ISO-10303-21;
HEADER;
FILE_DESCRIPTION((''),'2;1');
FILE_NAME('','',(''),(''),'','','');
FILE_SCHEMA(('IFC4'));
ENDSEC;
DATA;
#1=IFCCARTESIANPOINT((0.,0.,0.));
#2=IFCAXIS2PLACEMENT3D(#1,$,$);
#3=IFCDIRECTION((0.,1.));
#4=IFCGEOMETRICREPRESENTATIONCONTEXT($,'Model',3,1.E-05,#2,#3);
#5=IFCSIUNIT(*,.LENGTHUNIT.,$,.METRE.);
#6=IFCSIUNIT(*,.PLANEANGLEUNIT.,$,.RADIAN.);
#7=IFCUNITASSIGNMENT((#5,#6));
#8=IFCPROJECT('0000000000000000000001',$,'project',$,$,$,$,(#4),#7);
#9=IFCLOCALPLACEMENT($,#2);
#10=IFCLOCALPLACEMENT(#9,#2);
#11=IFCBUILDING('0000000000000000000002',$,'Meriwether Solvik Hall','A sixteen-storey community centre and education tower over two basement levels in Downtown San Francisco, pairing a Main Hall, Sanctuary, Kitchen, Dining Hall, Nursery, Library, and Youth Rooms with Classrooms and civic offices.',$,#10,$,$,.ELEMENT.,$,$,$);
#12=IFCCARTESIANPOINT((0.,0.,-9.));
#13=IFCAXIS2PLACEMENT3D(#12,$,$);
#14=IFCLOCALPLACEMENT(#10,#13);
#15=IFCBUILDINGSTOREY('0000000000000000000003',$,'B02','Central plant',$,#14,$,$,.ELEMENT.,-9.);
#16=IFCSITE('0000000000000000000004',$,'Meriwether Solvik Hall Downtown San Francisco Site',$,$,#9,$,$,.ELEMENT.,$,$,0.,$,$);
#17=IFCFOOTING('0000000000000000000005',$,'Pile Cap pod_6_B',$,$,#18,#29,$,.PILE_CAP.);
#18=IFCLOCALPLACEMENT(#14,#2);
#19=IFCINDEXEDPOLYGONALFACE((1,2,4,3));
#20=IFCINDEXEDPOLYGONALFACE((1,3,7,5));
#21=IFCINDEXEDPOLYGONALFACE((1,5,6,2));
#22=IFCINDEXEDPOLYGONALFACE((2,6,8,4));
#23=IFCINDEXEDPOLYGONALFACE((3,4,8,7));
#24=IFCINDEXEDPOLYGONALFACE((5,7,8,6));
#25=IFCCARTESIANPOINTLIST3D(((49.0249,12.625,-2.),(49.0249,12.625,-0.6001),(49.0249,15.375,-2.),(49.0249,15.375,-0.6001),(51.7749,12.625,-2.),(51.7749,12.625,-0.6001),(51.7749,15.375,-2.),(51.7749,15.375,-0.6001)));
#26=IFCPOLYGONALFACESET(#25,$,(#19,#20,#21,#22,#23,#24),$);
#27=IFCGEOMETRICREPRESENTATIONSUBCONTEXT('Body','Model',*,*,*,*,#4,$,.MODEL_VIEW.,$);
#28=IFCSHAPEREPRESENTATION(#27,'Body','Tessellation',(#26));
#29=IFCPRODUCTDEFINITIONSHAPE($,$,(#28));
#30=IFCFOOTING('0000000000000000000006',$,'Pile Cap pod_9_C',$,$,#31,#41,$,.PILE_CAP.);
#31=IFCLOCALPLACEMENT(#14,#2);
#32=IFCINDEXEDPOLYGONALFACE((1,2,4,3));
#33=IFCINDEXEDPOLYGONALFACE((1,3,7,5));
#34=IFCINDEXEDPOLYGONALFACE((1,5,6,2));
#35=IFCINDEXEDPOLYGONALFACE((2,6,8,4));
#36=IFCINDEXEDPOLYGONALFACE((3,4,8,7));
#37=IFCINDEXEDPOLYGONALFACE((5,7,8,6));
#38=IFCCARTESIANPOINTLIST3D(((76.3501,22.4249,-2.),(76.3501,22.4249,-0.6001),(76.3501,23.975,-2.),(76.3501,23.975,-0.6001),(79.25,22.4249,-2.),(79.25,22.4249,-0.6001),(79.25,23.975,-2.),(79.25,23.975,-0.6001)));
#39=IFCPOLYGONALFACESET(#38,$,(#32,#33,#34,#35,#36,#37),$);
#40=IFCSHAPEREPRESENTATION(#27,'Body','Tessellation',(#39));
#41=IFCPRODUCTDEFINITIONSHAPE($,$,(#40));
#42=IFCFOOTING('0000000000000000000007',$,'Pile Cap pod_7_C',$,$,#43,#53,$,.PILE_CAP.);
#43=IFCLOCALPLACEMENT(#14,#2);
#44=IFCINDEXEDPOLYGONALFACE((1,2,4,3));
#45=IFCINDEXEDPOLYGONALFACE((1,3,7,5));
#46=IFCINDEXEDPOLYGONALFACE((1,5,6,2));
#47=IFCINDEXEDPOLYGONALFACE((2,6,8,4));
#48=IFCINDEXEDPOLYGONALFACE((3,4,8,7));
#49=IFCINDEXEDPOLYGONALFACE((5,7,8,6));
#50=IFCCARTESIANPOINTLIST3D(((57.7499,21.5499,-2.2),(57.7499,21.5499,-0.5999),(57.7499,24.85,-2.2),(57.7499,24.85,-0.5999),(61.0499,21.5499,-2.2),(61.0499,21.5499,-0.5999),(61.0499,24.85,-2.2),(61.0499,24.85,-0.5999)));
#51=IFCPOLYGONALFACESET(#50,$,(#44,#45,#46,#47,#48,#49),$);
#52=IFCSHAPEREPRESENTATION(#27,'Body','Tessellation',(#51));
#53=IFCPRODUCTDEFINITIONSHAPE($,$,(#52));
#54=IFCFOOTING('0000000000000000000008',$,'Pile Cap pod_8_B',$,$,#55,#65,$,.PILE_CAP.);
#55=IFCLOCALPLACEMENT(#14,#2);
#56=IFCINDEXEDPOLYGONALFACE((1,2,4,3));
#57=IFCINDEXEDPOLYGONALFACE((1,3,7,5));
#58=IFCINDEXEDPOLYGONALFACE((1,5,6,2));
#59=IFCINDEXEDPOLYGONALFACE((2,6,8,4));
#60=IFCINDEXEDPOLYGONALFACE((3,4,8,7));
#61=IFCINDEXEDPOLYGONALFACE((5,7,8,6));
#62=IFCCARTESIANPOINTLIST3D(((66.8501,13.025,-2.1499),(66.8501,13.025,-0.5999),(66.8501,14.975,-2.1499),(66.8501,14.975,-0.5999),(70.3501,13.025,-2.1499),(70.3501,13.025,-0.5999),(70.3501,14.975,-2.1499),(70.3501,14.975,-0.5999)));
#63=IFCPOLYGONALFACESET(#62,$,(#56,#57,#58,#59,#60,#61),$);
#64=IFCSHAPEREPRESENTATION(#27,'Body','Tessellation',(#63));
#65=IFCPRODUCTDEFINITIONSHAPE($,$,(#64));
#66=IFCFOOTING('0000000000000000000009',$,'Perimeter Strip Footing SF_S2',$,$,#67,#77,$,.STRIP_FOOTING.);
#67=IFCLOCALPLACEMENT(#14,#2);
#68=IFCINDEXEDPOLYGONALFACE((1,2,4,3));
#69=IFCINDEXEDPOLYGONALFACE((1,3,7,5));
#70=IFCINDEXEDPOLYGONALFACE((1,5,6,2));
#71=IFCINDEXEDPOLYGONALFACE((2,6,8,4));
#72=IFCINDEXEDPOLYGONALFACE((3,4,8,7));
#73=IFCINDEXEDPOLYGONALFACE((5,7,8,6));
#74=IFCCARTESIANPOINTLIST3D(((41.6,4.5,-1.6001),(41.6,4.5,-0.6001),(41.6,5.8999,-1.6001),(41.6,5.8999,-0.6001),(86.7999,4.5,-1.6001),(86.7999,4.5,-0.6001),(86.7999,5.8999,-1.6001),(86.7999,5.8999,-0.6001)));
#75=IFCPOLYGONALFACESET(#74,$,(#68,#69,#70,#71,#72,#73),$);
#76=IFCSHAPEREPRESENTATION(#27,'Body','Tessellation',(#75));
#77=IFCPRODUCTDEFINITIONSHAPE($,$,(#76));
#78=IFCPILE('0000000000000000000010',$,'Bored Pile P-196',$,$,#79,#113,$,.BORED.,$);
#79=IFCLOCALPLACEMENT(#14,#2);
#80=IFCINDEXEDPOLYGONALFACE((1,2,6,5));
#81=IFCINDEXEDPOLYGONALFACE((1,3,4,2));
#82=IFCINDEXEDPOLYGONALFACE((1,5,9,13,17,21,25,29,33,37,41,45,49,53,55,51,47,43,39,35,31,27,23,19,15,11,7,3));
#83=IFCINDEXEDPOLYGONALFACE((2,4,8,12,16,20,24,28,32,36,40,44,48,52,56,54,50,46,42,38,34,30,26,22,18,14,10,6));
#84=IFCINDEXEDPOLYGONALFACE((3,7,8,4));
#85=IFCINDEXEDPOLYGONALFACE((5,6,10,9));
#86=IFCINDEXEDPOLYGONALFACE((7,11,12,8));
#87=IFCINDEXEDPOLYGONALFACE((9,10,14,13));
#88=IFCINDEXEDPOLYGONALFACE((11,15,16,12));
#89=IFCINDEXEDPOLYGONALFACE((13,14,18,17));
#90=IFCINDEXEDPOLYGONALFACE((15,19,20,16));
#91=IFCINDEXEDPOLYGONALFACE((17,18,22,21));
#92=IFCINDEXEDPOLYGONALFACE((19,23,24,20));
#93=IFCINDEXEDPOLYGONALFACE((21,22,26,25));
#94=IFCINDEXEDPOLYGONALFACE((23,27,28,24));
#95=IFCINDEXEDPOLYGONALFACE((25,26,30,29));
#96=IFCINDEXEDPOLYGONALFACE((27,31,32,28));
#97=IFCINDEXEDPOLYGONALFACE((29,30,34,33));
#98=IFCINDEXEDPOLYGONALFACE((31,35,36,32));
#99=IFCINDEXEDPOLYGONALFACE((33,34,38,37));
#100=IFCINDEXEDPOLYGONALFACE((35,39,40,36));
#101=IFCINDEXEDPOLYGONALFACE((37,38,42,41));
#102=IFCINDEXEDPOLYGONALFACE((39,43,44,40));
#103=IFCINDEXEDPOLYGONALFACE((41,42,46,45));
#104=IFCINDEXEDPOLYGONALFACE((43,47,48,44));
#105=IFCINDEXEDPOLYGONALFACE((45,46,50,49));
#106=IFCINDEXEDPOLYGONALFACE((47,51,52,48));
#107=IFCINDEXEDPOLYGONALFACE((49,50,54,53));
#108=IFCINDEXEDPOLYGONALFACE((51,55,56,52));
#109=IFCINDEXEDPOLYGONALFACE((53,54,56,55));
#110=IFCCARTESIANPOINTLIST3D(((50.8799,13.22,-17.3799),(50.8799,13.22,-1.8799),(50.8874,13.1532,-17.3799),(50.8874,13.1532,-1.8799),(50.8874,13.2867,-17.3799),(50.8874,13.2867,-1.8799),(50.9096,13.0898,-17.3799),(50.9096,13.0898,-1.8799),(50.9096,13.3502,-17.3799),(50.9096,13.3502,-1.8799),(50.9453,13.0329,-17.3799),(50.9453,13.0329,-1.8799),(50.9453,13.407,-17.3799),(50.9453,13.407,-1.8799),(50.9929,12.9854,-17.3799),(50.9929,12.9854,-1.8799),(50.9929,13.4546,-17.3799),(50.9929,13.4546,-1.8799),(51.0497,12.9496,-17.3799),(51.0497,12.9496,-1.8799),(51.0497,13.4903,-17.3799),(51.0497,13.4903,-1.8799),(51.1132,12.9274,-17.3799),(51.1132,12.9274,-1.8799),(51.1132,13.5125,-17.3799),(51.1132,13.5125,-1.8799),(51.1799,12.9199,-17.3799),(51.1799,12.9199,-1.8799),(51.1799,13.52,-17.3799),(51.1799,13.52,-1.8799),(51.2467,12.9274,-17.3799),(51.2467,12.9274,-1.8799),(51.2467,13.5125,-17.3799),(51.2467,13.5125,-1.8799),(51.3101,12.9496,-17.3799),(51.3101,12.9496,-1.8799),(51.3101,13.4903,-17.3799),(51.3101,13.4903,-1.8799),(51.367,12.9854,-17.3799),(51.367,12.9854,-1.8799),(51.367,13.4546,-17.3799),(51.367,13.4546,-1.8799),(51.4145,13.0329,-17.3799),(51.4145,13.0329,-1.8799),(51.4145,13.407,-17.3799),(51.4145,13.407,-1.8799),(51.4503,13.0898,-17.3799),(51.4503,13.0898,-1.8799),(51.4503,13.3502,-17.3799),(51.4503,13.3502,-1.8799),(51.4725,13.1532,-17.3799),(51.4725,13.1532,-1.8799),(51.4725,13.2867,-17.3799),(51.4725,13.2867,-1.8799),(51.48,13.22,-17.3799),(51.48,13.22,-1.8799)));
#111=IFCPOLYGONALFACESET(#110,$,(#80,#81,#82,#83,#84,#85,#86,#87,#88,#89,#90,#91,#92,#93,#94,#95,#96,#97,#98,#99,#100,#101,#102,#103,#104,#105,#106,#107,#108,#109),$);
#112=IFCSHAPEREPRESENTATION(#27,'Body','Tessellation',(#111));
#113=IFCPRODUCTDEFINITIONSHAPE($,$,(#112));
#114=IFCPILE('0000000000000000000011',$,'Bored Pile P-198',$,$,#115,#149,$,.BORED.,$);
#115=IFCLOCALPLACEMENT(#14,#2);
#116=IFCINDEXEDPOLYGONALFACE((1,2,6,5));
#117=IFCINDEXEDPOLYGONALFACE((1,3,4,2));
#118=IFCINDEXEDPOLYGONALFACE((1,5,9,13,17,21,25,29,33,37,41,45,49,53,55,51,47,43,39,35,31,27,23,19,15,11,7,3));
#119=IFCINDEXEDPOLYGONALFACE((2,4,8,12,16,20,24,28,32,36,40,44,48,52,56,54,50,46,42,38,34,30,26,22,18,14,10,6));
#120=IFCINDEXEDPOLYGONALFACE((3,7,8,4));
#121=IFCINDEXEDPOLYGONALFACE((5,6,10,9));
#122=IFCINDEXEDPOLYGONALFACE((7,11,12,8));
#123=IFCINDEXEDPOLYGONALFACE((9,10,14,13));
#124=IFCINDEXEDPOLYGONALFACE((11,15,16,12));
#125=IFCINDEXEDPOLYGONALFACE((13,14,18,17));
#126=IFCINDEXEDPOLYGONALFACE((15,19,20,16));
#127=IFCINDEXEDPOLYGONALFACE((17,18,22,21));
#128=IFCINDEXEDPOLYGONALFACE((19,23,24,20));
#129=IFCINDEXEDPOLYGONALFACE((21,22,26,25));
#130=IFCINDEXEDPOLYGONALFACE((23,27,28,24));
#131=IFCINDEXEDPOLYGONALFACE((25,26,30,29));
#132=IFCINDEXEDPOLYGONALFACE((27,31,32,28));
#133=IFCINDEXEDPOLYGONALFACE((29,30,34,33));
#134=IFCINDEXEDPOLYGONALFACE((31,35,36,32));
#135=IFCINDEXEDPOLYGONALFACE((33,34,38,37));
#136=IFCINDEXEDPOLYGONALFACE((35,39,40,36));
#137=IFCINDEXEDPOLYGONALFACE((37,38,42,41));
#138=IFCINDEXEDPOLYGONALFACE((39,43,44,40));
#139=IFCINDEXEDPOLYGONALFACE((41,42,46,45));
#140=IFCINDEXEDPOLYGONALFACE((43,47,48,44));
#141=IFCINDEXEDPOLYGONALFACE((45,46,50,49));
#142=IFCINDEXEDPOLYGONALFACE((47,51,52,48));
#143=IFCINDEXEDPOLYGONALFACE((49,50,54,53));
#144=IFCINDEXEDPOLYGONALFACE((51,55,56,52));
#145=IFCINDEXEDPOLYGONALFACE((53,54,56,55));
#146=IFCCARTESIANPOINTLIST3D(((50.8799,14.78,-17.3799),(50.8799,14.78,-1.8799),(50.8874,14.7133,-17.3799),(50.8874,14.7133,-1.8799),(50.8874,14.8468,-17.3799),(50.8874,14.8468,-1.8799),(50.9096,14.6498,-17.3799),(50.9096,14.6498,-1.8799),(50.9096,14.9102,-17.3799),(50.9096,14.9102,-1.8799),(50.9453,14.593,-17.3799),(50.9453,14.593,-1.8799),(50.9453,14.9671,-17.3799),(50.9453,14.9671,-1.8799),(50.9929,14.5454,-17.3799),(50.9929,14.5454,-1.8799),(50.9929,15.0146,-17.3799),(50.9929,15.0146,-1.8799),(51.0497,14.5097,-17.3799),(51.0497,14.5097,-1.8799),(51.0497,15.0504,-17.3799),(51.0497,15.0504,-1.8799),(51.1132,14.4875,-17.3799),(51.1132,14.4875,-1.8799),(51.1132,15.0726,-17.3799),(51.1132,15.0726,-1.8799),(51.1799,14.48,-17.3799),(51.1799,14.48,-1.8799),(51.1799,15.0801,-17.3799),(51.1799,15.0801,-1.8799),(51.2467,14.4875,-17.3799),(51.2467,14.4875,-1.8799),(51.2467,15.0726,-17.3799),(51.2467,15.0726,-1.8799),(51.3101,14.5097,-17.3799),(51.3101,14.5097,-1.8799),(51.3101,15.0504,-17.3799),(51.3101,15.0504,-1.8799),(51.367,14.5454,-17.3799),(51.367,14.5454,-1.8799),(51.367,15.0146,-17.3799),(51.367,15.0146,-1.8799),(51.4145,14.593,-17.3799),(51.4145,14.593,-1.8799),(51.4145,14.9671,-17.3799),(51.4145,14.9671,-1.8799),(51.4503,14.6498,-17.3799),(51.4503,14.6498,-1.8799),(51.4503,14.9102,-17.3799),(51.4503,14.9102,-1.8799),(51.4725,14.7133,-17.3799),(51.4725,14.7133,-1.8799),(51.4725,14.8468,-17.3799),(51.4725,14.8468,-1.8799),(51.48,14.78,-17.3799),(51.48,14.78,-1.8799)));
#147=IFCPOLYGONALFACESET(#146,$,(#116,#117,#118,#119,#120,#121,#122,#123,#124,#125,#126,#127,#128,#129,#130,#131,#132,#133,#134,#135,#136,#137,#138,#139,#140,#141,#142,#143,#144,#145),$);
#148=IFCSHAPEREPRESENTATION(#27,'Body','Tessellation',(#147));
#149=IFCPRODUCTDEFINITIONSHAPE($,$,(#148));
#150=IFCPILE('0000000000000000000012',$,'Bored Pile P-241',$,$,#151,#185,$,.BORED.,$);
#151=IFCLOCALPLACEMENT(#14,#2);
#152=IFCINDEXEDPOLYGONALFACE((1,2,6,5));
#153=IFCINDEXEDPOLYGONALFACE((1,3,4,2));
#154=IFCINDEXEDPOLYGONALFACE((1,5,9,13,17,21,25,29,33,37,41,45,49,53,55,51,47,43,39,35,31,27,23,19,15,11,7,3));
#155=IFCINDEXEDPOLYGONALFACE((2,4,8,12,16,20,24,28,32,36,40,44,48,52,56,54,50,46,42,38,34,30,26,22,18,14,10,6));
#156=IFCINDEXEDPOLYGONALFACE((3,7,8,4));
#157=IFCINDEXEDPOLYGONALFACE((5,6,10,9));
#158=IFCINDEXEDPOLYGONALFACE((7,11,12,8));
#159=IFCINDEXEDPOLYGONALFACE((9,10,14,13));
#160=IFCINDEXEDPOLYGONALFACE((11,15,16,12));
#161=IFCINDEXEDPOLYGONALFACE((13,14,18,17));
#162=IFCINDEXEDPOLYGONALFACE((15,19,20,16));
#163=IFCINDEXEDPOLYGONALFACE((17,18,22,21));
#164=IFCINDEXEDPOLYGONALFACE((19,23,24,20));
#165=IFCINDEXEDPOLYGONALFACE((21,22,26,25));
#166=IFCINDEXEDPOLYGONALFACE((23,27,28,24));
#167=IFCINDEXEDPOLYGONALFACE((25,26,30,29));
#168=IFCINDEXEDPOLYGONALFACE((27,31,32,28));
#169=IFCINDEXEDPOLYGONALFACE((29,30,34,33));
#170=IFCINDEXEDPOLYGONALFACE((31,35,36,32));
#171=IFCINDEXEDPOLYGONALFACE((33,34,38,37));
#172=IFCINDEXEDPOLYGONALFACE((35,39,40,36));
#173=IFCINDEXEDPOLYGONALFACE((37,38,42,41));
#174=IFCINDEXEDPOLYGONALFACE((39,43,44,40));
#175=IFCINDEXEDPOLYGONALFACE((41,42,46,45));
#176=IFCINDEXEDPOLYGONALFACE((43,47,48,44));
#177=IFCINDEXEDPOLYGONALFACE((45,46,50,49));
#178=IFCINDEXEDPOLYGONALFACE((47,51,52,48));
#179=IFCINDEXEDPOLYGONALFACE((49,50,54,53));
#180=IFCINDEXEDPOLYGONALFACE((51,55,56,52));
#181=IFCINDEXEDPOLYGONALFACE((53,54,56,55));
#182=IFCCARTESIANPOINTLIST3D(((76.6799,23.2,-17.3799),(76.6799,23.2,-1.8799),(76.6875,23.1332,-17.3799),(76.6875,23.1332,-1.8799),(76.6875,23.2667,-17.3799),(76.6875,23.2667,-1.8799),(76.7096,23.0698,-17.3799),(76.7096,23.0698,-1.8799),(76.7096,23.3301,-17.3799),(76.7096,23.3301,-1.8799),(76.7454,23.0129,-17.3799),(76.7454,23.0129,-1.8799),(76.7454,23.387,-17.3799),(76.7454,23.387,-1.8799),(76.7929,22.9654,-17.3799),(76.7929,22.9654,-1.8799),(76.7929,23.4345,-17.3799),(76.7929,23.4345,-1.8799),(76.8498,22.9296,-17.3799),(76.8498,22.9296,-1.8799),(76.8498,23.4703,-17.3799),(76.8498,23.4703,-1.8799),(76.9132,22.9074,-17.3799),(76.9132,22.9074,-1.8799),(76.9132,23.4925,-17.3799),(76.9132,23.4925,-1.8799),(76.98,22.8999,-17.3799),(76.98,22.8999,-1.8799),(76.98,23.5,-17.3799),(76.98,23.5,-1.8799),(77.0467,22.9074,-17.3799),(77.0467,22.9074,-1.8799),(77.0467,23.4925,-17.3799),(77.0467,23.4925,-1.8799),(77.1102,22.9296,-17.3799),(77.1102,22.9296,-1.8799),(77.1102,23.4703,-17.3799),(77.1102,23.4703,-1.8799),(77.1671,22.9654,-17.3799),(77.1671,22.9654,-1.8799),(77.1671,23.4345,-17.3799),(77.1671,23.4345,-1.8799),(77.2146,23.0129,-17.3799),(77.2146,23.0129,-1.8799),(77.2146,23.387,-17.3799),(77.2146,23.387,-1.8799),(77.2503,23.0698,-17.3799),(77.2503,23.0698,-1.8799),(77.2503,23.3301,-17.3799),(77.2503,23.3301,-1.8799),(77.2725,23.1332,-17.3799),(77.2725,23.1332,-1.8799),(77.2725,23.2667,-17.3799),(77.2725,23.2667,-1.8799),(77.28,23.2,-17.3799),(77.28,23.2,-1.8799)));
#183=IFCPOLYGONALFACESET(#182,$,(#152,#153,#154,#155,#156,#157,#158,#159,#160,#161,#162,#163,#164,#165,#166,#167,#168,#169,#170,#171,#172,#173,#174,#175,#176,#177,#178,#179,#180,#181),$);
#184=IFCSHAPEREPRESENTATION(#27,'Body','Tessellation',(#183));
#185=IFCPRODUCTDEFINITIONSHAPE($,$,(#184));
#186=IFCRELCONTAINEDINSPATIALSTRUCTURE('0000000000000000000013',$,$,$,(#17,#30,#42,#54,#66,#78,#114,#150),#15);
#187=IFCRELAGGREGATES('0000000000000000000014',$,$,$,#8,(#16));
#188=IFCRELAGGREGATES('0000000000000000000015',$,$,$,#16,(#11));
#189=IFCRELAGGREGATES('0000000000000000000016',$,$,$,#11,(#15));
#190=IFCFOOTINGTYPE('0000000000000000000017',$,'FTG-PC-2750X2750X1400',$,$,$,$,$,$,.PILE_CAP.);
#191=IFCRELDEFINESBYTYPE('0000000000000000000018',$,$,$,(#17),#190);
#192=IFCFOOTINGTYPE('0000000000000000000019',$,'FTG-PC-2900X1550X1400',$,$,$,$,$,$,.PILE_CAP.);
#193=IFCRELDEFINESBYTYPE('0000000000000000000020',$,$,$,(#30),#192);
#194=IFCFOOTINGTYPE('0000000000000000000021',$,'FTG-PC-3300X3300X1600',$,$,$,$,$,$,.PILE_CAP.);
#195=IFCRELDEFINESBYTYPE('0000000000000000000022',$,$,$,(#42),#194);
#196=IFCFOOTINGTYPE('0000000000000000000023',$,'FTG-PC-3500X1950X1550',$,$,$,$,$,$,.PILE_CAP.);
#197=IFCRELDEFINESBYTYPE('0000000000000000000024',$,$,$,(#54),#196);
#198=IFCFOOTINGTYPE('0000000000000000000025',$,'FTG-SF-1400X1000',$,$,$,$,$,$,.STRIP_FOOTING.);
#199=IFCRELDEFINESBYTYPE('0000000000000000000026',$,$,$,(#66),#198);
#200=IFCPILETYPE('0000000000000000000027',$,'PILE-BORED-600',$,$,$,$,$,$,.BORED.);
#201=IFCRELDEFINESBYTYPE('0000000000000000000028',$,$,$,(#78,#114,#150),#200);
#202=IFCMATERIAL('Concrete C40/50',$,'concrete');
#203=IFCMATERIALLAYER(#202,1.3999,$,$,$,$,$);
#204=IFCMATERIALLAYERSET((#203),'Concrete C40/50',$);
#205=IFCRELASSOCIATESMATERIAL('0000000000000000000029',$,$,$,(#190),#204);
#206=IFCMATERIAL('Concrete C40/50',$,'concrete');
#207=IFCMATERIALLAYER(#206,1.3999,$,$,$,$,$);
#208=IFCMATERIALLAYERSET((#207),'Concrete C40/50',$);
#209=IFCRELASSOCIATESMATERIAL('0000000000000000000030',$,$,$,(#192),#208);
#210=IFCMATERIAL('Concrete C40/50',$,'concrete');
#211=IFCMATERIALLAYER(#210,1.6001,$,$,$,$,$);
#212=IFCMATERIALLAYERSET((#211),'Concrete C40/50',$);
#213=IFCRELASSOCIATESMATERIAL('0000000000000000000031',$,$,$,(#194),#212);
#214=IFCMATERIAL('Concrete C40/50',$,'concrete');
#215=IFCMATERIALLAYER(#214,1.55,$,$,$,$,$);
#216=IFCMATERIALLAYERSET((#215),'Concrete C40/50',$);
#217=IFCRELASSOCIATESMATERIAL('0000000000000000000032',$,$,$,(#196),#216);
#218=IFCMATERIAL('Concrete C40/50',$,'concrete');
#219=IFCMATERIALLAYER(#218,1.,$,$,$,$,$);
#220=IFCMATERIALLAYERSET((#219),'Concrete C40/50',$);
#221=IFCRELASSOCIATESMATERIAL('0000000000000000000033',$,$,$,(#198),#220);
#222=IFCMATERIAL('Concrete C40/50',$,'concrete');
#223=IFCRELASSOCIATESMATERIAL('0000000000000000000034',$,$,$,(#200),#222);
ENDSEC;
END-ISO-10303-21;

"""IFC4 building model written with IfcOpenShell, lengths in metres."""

from ifc_helpers import new_model, si_unit, direction, frame, origin, origin_2d, place, context, subcontext, project, spatial, rectangle, circle, extrude, material, layer, layer_set, material_profile, profile_set, type_object, element, save


model = new_model("IFC4")

# Units and contexts
model_context = context("Model", 3, precision=1e-05, world=origin(), true_north=direction((0.0, 1.0)))
body_context = subcontext(model_context, "Body", "Model", "MODEL_VIEW")
ifc_project = project(units=[si_unit("LENGTHUNIT", "METRE"), si_unit("PLANEANGLEUNIT", "RADIAN")], contexts=[model_context])

# Site, building, storey
site_placement = place(None, origin())
site = spatial("IfcSite", under=ifc_project, at=site_placement, Name="Meriwether Solvik Hall Downtown San Francisco Site", CompositionType="ELEMENT", RefElevation=0.0)
building_placement = place(site_placement, origin())
building = spatial("IfcBuilding", under=site, at=building_placement, Name="Meriwether Solvik Hall", Description="A sixteen-storey community centre and education tower over two basement levels in Downtown San Francisco, pairing a Main Hall, Sanctuary, Kitchen, Dining Hall, Nursery, Library, and Youth Rooms with Classrooms and civic offices.", CompositionType="ELEMENT")
storey_placement = place(building_placement, frame((0.0, 0.0, -9.0)))
storey = spatial("IfcBuildingStorey", under=building, at=storey_placement, Name="B02", Description="Central plant", CompositionType="ELEMENT", Elevation=-9.0)

# Footings
ifc_material_1 = material(Name="Concrete C40/50", Category="concrete")
ifc_layer_1 = layer(ifc_material_1, 1.3999)
ifc_layer_set_1 = layer_set([ifc_layer_1], Name="Concrete C40/50")
footing_type_1 = type_object("IfcFootingType", Name="FTG-PC-2750X2750X1400", PredefinedType="PILE_CAP", material=ifc_layer_set_1)
footing_1_placement = place(storey_placement, frame((50.3999, 14.0, -2.0), z_axis=(0.0, 0.0, 1.0), x_axis=(1.0, 0.0, 0.0)))
element("IfcFooting", 1, at=footing_1_placement, inside=storey, type_object=footing_type_1, Name="Pile Cap pod_6_B", PredefinedType="PILE_CAP", context=body_context, shape_type="SweptSolid", body=[
    extrude(rectangle(XDim=2.75, YDim=2.75, at=origin_2d()), origin(), (0.0, 0.0, 1.0), 1.3999),
])
ifc_material_2 = material(Name="Concrete C40/50", Category="concrete")
ifc_layer_2 = layer(ifc_material_2, 1.3999)
ifc_layer_set_2 = layer_set([ifc_layer_2], Name="Concrete C40/50")
footing_type_2 = type_object("IfcFootingType", Name="FTG-PC-2900X1550X1400", PredefinedType="PILE_CAP", material=ifc_layer_set_2)
footing_2_placement = place(storey_placement, frame((77.8, 23.2, -2.0), z_axis=(0.0, 0.0, 1.0), x_axis=(1.0, 0.0, 0.0)))
element("IfcFooting", 2, at=footing_2_placement, inside=storey, type_object=footing_type_2, Name="Pile Cap pod_9_C", PredefinedType="PILE_CAP", context=body_context, shape_type="SweptSolid", body=[
    extrude(rectangle(XDim=2.8999, YDim=1.55, at=origin_2d()), origin(), (0.0, 0.0, 1.0), 1.3999),
])
ifc_material_3 = material(Name="Concrete C40/50", Category="concrete")
ifc_layer_3 = layer(ifc_material_3, 1.6001)
ifc_layer_set_3 = layer_set([ifc_layer_3], Name="Concrete C40/50")
footing_type_3 = type_object("IfcFootingType", Name="FTG-PC-3300X3300X1600", PredefinedType="PILE_CAP", material=ifc_layer_set_3)
footing_3_placement = place(storey_placement, frame((59.3999, 23.2, -2.2), z_axis=(0.0, 0.0, 1.0), x_axis=(1.0, 0.0, 0.0)))
element("IfcFooting", 3, at=footing_3_placement, inside=storey, type_object=footing_type_3, Name="Pile Cap pod_7_C", PredefinedType="PILE_CAP", context=body_context, shape_type="SweptSolid", body=[
    extrude(rectangle(XDim=3.3, YDim=3.3, at=origin_2d()), origin(), (0.0, 0.0, 1.0), 1.6001),
])
ifc_material_4 = material(Name="Concrete C40/50", Category="concrete")
ifc_layer_4 = layer(ifc_material_4, 1.55)
ifc_layer_set_4 = layer_set([ifc_layer_4], Name="Concrete C40/50")
footing_type_4 = type_object("IfcFootingType", Name="FTG-PC-3500X1950X1550", PredefinedType="PILE_CAP", material=ifc_layer_set_4)
footing_4_placement = place(storey_placement, frame((68.6001, 14.0, -2.1499), z_axis=(0.0, 0.0, 1.0), x_axis=(1.0, 0.0, 0.0)))
element("IfcFooting", 4, at=footing_4_placement, inside=storey, type_object=footing_type_4, Name="Pile Cap pod_8_B", PredefinedType="PILE_CAP", context=body_context, shape_type="SweptSolid", body=[
    extrude(rectangle(XDim=3.5, YDim=1.95, at=origin_2d()), origin(), (0.0, 0.0, 1.0), 1.55),
])
ifc_material_5 = material(Name="Concrete C40/50", Category="concrete")
ifc_layer_5 = layer(ifc_material_5, 1.0)
ifc_layer_set_5 = layer_set([ifc_layer_5], Name="Concrete C40/50")
footing_type_5 = type_object("IfcFootingType", Name="FTG-SF-1400X1000", PredefinedType="STRIP_FOOTING", material=ifc_layer_set_5)
footing_5_placement = place(storey_placement, frame((64.2, 5.2, -1.6001), z_axis=(0.0, 0.0, 1.0), x_axis=(1.0, 0.0, 0.0)))
element("IfcFooting", 5, at=footing_5_placement, inside=storey, type_object=footing_type_5, Name="Perimeter Strip Footing SF_S2", PredefinedType="STRIP_FOOTING", context=body_context, shape_type="SweptSolid", body=[
    extrude(rectangle(XDim=45.2, YDim=1.3999, at=origin_2d()), origin(), (0.0, 0.0, 1.0), 1.0),
])

# Piles
ifc_material_6 = material(Name="Concrete C40/50", Category="concrete")
ifc_material_profile_1 = material_profile(ifc_material_6, circle(Radius=0.3, at=origin_2d()), Name="PILE-D600")
ifc_profile_set_1 = profile_set([ifc_material_profile_1], Name="Concrete C40/50")
pile_type_1 = type_object("IfcPileType", Name="PILE-BORED-600", PredefinedType="BORED", material=ifc_profile_set_1)
for number, where, z_axis, x_axis, name in (
    (6, (51.1799, 13.22, -1.8799), (0.0, 0.0, -1.0), (1.0, 0.0, 0.0), "Bored Pile P-196"),
    (7, (51.1799, 14.78, -1.8799), (0.0, 0.0, -1.0), (1.0, 0.0, 0.0), "Bored Pile P-198"),
    (8, (76.98, 23.2, -1.8799), (0.0, 0.0, -1.0), (1.0, 0.0, 0.0), "Bored Pile P-241"),
):
    element("IfcPile", number, at=place(storey_placement, frame(where, z_axis=z_axis, x_axis=x_axis)), inside=storey, type_object=pile_type_1, Name=name, PredefinedType="BORED", context=body_context, shape_type="SweptSolid", body=[
        extrude(circle(Radius=0.3, at=origin_2d()), origin(), (0.0, 0.0, 1.0), 15.5),
    ])

save(model, "model.ifc")
